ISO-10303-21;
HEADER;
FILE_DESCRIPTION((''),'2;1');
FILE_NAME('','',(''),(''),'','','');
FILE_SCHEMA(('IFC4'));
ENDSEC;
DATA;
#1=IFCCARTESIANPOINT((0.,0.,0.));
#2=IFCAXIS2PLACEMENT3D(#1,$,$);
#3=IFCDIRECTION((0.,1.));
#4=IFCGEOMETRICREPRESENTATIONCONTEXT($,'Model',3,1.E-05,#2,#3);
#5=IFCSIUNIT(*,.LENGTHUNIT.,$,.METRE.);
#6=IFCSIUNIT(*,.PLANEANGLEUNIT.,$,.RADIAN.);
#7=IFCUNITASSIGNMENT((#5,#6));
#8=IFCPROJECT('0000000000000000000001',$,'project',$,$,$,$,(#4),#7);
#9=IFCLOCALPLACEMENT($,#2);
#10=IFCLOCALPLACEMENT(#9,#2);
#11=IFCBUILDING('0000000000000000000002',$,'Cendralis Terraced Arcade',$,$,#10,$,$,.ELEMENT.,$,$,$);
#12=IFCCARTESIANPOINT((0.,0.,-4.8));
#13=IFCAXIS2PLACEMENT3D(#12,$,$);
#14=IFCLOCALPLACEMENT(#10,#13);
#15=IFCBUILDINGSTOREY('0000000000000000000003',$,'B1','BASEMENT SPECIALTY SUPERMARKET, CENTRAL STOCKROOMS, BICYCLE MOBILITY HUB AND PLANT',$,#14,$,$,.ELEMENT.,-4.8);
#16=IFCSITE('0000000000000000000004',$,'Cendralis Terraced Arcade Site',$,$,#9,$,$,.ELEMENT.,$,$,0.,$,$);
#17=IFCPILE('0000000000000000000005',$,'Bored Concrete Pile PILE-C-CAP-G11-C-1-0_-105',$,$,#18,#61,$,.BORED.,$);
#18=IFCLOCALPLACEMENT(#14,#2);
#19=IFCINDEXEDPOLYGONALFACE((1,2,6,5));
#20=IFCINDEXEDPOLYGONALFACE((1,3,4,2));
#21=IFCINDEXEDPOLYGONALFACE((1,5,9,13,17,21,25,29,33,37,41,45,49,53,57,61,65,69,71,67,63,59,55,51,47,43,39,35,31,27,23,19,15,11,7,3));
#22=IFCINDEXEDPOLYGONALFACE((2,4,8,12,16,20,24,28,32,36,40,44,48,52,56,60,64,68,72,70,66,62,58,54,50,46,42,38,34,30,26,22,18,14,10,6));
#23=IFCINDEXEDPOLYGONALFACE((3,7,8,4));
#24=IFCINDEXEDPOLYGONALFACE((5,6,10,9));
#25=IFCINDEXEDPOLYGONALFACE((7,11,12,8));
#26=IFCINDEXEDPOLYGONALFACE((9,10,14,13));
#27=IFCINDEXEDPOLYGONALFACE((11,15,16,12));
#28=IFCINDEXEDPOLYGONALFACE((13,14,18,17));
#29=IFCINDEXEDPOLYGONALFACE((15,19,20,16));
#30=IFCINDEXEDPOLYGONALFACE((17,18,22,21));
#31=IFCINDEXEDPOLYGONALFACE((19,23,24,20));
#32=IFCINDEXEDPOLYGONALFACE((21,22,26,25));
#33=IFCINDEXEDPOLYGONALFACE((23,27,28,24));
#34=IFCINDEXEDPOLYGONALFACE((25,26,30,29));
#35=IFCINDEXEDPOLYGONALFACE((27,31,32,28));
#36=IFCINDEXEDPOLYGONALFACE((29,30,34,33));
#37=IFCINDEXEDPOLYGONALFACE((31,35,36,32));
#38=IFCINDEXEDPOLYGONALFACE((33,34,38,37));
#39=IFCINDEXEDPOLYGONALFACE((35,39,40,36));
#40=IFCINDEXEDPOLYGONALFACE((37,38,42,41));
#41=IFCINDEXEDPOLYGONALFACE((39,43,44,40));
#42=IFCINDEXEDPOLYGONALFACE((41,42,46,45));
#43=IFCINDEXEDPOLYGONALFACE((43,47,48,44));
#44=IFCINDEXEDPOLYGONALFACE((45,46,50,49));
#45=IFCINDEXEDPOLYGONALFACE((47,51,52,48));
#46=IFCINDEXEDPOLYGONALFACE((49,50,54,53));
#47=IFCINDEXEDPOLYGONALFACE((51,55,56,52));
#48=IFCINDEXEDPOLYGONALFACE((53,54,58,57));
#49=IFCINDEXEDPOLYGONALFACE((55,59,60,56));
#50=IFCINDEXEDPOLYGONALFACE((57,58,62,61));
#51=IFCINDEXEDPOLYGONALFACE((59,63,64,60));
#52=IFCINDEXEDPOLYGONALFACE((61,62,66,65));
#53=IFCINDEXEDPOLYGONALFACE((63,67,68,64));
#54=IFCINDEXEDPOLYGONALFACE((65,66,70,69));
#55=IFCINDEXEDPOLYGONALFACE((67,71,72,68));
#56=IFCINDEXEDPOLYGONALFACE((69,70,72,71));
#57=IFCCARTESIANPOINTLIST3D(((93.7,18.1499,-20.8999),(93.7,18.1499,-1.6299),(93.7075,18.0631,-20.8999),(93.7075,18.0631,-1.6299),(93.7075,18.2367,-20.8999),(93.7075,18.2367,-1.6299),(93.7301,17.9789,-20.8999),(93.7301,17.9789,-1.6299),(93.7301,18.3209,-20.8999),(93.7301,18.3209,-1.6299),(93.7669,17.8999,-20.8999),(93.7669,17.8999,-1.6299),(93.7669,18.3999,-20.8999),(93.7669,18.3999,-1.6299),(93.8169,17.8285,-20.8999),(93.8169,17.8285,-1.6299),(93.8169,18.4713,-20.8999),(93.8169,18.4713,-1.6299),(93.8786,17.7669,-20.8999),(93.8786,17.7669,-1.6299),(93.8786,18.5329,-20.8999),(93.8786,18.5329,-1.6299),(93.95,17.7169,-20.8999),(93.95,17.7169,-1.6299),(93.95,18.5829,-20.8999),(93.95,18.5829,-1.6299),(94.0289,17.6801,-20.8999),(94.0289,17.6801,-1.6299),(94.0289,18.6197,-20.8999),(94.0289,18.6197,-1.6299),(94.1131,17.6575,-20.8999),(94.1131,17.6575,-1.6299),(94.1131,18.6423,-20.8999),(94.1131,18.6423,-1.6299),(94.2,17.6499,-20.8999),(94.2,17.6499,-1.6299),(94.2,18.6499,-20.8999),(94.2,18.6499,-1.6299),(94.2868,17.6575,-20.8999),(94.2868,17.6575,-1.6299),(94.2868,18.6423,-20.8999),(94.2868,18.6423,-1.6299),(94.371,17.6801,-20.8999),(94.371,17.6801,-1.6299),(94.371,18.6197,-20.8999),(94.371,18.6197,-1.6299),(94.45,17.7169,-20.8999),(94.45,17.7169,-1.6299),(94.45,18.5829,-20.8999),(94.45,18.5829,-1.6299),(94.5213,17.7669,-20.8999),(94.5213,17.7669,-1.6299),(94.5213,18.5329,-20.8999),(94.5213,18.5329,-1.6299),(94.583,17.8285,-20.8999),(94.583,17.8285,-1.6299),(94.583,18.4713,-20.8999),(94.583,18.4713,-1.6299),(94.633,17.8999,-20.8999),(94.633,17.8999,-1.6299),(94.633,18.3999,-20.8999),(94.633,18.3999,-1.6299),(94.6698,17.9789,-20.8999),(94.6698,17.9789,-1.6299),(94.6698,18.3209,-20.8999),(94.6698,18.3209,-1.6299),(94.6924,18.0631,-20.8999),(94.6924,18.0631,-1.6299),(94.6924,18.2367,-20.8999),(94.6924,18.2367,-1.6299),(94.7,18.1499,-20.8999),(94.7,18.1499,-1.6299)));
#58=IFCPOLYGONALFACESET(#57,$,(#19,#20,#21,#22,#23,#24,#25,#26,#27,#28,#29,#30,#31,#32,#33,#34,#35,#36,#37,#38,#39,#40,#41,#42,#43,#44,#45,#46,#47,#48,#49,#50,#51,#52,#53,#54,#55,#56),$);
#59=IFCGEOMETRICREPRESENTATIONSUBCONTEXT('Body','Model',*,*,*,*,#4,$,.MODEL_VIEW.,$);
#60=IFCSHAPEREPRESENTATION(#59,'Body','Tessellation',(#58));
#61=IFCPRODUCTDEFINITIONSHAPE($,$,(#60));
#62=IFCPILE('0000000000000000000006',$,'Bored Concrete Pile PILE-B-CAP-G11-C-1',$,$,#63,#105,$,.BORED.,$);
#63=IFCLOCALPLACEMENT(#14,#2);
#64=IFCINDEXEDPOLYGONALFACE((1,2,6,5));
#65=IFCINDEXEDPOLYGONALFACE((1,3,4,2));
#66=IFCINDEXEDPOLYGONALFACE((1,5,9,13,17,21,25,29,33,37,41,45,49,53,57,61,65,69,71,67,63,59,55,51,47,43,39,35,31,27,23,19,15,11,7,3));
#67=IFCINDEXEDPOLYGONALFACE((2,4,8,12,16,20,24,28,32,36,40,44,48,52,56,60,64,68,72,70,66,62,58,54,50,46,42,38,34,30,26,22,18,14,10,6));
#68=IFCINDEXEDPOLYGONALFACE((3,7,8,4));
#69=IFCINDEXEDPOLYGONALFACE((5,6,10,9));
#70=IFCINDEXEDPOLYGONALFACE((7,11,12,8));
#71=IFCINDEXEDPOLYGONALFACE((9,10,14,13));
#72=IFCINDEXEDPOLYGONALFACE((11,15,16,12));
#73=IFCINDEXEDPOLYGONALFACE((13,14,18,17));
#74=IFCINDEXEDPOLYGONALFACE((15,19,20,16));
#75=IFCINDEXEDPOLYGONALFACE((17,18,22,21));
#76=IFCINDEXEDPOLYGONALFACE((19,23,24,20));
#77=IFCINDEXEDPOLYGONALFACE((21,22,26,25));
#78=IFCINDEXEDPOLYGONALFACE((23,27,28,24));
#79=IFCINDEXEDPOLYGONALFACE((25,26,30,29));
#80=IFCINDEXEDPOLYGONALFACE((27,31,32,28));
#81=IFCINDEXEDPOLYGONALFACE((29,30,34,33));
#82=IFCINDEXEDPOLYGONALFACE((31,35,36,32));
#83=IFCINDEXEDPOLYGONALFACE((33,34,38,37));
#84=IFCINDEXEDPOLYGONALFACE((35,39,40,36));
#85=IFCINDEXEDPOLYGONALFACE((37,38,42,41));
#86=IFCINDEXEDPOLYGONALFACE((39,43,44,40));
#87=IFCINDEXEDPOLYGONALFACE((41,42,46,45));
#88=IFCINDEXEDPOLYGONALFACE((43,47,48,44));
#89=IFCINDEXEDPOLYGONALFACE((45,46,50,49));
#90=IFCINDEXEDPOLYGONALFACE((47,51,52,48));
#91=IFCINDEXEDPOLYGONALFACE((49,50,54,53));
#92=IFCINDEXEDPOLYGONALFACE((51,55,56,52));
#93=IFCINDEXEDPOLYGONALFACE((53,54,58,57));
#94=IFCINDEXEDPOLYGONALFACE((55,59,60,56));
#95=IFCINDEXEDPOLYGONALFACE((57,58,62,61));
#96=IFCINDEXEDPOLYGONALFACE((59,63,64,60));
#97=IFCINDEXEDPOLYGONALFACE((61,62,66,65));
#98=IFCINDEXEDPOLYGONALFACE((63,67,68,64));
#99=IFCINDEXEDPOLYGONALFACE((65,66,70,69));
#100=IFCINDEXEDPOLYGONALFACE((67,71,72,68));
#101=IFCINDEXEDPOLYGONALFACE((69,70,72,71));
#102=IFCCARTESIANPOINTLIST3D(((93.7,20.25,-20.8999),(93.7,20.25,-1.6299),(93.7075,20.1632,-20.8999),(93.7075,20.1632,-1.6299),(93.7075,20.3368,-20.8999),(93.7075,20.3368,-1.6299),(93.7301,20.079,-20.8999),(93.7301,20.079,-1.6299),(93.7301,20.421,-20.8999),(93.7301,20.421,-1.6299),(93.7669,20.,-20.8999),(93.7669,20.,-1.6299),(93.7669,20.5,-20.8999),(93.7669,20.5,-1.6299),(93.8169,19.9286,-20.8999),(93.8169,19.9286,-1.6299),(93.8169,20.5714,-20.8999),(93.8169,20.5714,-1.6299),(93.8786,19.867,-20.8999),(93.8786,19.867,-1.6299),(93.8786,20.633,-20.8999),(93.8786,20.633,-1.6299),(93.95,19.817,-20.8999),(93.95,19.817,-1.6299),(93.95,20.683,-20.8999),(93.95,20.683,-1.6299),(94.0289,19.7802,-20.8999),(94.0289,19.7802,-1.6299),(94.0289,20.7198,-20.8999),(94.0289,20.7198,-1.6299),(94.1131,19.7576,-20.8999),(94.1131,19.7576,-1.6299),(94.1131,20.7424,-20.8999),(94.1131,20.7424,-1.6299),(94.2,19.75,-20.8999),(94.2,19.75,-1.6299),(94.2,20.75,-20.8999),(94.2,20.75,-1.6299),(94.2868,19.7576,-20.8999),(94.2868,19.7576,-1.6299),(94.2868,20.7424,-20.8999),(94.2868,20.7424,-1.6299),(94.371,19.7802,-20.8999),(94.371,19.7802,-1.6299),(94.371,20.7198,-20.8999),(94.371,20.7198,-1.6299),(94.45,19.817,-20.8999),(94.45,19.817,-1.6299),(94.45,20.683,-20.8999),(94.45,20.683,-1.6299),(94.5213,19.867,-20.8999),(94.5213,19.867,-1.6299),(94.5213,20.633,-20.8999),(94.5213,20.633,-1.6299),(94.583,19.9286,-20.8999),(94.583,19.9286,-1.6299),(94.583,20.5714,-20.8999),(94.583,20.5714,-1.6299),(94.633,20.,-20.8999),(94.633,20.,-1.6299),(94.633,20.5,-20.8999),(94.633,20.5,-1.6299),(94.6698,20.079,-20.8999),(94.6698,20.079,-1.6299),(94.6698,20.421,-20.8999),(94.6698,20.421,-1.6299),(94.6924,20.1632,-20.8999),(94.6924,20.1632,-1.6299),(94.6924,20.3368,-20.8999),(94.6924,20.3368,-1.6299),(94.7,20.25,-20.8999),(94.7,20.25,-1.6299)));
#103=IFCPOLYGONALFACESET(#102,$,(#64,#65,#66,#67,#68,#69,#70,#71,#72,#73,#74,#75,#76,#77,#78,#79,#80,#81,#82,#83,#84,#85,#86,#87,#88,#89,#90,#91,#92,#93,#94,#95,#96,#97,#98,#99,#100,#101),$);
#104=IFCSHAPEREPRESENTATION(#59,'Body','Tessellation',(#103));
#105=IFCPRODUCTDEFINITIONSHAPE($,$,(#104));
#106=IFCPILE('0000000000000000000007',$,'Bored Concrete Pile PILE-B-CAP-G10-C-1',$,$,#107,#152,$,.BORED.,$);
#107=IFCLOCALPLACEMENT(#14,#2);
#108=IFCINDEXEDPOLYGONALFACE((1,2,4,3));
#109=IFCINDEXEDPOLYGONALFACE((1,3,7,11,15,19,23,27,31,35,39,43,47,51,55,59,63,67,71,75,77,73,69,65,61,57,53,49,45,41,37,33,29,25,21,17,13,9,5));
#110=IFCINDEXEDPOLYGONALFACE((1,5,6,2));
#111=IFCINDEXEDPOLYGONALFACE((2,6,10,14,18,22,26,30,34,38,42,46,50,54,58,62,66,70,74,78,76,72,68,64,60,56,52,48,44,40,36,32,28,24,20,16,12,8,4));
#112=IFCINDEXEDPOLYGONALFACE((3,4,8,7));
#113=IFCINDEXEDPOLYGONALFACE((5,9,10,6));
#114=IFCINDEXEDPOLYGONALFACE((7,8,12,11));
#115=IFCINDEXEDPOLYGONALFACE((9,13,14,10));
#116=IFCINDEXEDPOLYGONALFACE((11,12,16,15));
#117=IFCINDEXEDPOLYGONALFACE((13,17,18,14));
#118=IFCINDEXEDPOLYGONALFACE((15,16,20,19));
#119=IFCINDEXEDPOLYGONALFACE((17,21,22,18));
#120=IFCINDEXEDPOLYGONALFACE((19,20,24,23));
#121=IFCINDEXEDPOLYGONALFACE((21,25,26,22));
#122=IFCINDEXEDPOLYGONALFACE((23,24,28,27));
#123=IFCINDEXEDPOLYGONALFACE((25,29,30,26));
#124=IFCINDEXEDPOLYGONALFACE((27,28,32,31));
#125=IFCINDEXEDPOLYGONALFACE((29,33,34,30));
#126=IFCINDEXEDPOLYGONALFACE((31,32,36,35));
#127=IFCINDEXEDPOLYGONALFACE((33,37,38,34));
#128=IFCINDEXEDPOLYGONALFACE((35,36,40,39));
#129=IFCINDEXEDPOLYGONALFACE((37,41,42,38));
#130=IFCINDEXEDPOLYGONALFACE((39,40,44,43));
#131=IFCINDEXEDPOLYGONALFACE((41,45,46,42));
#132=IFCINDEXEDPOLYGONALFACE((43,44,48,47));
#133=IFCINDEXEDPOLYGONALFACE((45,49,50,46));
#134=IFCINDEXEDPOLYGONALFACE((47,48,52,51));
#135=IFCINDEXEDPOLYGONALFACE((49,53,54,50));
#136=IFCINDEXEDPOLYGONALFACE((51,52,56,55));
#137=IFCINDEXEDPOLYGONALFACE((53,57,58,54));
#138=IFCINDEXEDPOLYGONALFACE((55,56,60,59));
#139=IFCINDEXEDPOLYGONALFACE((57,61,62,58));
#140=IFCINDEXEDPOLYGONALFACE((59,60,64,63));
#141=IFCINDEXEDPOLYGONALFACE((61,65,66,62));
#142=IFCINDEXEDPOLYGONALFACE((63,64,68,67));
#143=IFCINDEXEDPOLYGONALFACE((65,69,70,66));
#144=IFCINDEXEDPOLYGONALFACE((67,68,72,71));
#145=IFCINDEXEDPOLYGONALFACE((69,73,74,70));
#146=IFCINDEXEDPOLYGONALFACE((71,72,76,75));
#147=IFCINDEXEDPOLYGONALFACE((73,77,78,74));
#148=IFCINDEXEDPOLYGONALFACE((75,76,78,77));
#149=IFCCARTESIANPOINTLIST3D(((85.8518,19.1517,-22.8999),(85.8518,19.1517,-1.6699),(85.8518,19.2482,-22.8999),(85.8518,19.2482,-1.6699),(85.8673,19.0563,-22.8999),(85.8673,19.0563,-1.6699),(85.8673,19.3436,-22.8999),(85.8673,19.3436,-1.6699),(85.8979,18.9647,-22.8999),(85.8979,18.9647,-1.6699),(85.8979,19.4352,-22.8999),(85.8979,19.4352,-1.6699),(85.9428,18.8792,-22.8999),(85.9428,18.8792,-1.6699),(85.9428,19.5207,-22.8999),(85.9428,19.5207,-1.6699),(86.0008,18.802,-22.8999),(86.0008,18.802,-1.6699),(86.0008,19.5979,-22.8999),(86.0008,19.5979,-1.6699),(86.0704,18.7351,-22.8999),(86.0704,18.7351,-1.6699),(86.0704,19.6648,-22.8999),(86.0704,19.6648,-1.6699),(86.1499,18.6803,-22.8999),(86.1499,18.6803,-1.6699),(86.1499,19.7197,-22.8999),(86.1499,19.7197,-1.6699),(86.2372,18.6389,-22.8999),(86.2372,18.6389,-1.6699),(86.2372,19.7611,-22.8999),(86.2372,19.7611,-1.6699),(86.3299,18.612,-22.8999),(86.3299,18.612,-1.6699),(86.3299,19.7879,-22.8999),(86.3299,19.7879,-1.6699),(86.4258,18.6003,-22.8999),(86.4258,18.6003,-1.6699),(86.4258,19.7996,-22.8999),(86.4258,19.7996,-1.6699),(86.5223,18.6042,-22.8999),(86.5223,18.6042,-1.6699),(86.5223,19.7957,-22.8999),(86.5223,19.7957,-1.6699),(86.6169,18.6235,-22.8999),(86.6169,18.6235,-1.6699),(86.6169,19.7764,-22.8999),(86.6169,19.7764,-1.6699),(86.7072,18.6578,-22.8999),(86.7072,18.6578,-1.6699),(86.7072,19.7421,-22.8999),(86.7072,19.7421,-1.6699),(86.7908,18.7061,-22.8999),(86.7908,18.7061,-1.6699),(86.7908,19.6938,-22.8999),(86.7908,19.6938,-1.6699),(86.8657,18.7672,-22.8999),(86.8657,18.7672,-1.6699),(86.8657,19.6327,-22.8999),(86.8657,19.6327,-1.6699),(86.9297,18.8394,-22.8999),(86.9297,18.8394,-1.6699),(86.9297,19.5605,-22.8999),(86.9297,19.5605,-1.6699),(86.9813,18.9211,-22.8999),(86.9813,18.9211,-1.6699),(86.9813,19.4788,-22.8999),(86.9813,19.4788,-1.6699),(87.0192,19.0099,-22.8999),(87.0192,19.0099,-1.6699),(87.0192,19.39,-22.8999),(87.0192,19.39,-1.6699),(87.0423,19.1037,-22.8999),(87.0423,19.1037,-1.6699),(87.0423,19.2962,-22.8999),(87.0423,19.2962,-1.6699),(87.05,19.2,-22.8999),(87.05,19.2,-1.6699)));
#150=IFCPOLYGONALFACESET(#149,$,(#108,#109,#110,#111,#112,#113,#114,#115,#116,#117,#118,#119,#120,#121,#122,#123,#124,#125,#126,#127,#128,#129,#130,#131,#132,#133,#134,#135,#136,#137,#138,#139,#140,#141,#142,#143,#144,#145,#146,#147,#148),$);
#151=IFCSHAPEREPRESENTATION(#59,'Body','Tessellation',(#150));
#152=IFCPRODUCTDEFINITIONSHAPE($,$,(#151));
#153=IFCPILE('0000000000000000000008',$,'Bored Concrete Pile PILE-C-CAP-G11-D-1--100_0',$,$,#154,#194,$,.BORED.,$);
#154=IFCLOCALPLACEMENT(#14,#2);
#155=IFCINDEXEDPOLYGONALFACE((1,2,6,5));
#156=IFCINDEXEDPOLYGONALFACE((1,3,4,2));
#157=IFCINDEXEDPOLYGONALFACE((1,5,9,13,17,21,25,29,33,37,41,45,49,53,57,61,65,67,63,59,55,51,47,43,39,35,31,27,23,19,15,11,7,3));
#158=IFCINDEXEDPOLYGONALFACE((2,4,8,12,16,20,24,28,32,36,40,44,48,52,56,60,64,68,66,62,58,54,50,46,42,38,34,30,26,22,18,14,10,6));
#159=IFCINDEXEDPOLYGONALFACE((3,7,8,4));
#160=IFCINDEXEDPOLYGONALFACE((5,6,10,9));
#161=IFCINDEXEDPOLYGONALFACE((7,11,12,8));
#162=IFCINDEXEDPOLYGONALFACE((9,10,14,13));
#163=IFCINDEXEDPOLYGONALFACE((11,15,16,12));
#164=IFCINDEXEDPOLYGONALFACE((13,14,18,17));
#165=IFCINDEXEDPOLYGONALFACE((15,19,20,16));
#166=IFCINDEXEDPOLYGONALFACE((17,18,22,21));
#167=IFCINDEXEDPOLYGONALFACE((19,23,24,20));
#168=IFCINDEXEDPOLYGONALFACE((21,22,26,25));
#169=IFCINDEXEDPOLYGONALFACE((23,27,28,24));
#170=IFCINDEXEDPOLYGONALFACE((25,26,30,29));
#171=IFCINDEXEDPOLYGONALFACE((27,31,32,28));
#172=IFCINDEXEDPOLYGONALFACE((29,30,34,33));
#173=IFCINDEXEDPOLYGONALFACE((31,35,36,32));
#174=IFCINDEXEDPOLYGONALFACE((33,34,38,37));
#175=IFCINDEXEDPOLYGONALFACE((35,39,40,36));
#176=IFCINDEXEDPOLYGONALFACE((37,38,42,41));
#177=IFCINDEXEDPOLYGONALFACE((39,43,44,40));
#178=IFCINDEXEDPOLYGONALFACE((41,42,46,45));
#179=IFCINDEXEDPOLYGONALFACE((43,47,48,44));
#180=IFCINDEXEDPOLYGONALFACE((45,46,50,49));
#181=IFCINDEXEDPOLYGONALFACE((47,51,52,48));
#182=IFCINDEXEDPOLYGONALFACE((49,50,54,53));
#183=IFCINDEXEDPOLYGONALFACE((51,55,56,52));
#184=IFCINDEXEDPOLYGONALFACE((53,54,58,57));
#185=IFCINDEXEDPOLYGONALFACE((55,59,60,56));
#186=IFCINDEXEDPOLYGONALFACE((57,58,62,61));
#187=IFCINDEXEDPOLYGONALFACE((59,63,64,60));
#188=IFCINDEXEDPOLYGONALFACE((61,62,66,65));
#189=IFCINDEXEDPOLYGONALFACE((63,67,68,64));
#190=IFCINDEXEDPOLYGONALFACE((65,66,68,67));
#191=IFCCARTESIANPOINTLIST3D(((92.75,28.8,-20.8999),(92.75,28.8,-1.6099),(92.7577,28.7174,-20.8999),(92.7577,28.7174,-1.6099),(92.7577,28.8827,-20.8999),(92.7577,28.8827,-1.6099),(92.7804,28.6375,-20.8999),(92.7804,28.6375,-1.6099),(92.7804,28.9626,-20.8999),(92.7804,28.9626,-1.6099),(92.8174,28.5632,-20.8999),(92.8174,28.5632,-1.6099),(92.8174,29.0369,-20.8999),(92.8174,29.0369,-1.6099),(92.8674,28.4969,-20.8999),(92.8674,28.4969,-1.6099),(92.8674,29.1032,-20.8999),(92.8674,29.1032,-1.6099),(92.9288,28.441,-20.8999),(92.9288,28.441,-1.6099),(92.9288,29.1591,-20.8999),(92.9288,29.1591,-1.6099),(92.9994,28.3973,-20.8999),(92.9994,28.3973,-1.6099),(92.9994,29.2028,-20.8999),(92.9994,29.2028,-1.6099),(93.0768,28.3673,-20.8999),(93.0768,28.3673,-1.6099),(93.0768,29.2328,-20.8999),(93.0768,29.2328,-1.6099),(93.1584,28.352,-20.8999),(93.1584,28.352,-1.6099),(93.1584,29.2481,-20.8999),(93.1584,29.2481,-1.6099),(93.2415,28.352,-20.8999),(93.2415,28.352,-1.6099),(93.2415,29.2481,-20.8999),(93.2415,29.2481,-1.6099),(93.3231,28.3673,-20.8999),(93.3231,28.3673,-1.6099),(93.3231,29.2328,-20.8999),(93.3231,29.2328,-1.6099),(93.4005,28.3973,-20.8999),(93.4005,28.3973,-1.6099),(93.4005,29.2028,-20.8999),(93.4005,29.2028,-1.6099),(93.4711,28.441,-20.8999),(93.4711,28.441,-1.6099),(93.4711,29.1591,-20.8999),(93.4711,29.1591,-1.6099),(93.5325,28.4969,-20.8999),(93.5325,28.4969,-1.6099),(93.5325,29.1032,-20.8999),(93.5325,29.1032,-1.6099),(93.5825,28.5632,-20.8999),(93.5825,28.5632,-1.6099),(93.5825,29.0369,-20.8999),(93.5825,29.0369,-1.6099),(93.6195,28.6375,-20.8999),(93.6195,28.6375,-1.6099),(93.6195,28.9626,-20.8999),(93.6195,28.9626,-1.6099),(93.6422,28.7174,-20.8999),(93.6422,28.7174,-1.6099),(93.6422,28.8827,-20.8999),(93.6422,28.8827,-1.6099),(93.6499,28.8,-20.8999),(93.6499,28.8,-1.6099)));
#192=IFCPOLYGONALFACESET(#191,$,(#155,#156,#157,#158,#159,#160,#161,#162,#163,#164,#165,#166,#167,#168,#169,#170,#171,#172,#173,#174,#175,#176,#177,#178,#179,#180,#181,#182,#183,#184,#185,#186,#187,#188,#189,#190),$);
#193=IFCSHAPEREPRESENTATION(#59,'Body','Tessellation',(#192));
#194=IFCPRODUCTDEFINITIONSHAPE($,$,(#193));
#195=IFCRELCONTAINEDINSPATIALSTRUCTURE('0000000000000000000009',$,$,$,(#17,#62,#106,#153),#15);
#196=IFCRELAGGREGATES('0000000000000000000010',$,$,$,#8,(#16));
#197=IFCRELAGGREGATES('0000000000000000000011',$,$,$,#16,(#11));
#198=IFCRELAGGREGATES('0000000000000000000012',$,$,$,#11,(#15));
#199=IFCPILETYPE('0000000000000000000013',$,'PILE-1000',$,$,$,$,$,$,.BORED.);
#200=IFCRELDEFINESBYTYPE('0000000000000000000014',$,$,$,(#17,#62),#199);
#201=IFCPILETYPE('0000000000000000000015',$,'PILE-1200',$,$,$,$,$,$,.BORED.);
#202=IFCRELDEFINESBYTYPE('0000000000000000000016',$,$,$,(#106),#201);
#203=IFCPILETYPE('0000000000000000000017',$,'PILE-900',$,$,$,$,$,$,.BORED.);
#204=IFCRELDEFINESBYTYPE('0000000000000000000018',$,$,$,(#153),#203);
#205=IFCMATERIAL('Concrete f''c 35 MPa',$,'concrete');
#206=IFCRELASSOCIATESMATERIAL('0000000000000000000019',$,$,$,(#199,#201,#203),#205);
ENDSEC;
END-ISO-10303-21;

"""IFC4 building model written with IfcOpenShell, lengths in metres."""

from ifc_helpers import new_model, si_unit, direction, frame, origin, origin_2d, place, context, subcontext, project, spatial, circle, extrude, material, material_profile, profile_set, type_object, element, save


model = new_model("IFC4")

# Units and contexts
model_context = context("Model", 3, precision=1e-05, world=origin(), true_north=direction((0.0, 1.0)))
body_context = subcontext(model_context, "Body", "Model", "MODEL_VIEW")
ifc_project = project(units=[si_unit("LENGTHUNIT", "METRE"), si_unit("PLANEANGLEUNIT", "RADIAN")], contexts=[model_context])

# Site, building, storey
site_placement = place(None, origin())
site = spatial("IfcSite", under=ifc_project, at=site_placement, Name="Cendralis Terraced Arcade Site", CompositionType="ELEMENT", RefElevation=0.0)
building_placement = place(site_placement, origin())
building = spatial("IfcBuilding", under=site, at=building_placement, Name="Cendralis Terraced Arcade", CompositionType="ELEMENT")
storey_placement = place(building_placement, frame((0.0, 0.0, -4.8)))
storey = spatial("IfcBuildingStorey", under=building, at=storey_placement, Name="B1", Description="BASEMENT SPECIALTY SUPERMARKET, CENTRAL STOCKROOMS, BICYCLE MOBILITY HUB AND PLANT", CompositionType="ELEMENT", Elevation=-4.8)

# Shared definitions
ifc_material_1 = material(Name="Concrete f'c 35 MPa", Category="concrete")

# Piles
ifc_material_profile_1 = material_profile(ifc_material_1, circle(Radius=0.5, at=origin_2d()), Name="PILE-D1000", Category="LoadBearing")
ifc_profile_set_1 = profile_set([ifc_material_profile_1], Name="Concrete f'c 35 MPa")
pile_type_1 = type_object("IfcPileType", Name="PILE-1000", PredefinedType="BORED", material=ifc_profile_set_1)
for number, where, z_axis, x_axis, name in (
    (1, (94.2, 18.1499, -1.6299), (0.0, 0.0, -1.0), (1.0, 0.0, 0.0), "Bored Concrete Pile PILE-C-CAP-G11-C-1-0_-105"),
    (2, (94.2, 20.25, -1.6299), (0.0, 0.0, -1.0), (1.0, 0.0, 0.0), "Bored Concrete Pile PILE-B-CAP-G11-C-1"),
):
    element("IfcPile", number, at=place(storey_placement, frame(where, z_axis=z_axis, x_axis=x_axis)), inside=storey, type_object=pile_type_1, Name=name, PredefinedType="BORED", context=body_context, shape_type="SweptSolid", body=[
        extrude(circle(Radius=0.5, at=origin_2d()), origin(), (0.0, 0.0, 1.0), 19.27),
    ])
ifc_material_profile_2 = material_profile(ifc_material_1, circle(Radius=0.6001, at=origin_2d()), Name="PILE-D1200", Category="LoadBearing")
ifc_profile_set_2 = profile_set([ifc_material_profile_2], Name="Concrete f'c 35 MPa")
pile_type_2 = type_object("IfcPileType", Name="PILE-1200", PredefinedType="BORED", material=ifc_profile_set_2)
pile_placement = place(storey_placement, frame((86.45, 19.2, -1.6699), z_axis=(0.0, 0.0, -1.0), x_axis=(1.0, 0.0, 0.0)))
element("IfcPile", 3, at=pile_placement, inside=storey, type_object=pile_type_2, Name="Bored Concrete Pile PILE-B-CAP-G10-C-1", PredefinedType="BORED", context=body_context, shape_type="SweptSolid", body=[
    extrude(circle(Radius=0.6001, at=origin_2d()), origin(), (0.0, 0.0, 1.0), 21.23),
])
ifc_material_profile_3 = material_profile(ifc_material_1, circle(Radius=0.45, at=origin_2d()), Name="PILE-D900", Category="LoadBearing")
ifc_profile_set_3 = profile_set([ifc_material_profile_3], Name="Concrete f'c 35 MPa")
pile_type_3 = type_object("IfcPileType", Name="PILE-900", PredefinedType="BORED", material=ifc_profile_set_3)
for number, where, z_axis, x_axis, name in (
    (4, (93.2, 28.8, -1.6099), (0.0, 0.0, -1.0), (1.0, 0.0, 0.0), "Bored Concrete Pile PILE-C-CAP-G11-D-1--100_0"),
):
    element("IfcPile", number, at=place(storey_placement, frame(where, z_axis=z_axis, x_axis=x_axis)), inside=storey, type_object=pile_type_3, Name=name, PredefinedType="BORED", context=body_context, shape_type="SweptSolid", body=[
        extrude(circle(Radius=0.45, at=origin_2d()), origin(), (0.0, 0.0, 1.0), 19.29),
    ])

save(model, "model.ifc")
